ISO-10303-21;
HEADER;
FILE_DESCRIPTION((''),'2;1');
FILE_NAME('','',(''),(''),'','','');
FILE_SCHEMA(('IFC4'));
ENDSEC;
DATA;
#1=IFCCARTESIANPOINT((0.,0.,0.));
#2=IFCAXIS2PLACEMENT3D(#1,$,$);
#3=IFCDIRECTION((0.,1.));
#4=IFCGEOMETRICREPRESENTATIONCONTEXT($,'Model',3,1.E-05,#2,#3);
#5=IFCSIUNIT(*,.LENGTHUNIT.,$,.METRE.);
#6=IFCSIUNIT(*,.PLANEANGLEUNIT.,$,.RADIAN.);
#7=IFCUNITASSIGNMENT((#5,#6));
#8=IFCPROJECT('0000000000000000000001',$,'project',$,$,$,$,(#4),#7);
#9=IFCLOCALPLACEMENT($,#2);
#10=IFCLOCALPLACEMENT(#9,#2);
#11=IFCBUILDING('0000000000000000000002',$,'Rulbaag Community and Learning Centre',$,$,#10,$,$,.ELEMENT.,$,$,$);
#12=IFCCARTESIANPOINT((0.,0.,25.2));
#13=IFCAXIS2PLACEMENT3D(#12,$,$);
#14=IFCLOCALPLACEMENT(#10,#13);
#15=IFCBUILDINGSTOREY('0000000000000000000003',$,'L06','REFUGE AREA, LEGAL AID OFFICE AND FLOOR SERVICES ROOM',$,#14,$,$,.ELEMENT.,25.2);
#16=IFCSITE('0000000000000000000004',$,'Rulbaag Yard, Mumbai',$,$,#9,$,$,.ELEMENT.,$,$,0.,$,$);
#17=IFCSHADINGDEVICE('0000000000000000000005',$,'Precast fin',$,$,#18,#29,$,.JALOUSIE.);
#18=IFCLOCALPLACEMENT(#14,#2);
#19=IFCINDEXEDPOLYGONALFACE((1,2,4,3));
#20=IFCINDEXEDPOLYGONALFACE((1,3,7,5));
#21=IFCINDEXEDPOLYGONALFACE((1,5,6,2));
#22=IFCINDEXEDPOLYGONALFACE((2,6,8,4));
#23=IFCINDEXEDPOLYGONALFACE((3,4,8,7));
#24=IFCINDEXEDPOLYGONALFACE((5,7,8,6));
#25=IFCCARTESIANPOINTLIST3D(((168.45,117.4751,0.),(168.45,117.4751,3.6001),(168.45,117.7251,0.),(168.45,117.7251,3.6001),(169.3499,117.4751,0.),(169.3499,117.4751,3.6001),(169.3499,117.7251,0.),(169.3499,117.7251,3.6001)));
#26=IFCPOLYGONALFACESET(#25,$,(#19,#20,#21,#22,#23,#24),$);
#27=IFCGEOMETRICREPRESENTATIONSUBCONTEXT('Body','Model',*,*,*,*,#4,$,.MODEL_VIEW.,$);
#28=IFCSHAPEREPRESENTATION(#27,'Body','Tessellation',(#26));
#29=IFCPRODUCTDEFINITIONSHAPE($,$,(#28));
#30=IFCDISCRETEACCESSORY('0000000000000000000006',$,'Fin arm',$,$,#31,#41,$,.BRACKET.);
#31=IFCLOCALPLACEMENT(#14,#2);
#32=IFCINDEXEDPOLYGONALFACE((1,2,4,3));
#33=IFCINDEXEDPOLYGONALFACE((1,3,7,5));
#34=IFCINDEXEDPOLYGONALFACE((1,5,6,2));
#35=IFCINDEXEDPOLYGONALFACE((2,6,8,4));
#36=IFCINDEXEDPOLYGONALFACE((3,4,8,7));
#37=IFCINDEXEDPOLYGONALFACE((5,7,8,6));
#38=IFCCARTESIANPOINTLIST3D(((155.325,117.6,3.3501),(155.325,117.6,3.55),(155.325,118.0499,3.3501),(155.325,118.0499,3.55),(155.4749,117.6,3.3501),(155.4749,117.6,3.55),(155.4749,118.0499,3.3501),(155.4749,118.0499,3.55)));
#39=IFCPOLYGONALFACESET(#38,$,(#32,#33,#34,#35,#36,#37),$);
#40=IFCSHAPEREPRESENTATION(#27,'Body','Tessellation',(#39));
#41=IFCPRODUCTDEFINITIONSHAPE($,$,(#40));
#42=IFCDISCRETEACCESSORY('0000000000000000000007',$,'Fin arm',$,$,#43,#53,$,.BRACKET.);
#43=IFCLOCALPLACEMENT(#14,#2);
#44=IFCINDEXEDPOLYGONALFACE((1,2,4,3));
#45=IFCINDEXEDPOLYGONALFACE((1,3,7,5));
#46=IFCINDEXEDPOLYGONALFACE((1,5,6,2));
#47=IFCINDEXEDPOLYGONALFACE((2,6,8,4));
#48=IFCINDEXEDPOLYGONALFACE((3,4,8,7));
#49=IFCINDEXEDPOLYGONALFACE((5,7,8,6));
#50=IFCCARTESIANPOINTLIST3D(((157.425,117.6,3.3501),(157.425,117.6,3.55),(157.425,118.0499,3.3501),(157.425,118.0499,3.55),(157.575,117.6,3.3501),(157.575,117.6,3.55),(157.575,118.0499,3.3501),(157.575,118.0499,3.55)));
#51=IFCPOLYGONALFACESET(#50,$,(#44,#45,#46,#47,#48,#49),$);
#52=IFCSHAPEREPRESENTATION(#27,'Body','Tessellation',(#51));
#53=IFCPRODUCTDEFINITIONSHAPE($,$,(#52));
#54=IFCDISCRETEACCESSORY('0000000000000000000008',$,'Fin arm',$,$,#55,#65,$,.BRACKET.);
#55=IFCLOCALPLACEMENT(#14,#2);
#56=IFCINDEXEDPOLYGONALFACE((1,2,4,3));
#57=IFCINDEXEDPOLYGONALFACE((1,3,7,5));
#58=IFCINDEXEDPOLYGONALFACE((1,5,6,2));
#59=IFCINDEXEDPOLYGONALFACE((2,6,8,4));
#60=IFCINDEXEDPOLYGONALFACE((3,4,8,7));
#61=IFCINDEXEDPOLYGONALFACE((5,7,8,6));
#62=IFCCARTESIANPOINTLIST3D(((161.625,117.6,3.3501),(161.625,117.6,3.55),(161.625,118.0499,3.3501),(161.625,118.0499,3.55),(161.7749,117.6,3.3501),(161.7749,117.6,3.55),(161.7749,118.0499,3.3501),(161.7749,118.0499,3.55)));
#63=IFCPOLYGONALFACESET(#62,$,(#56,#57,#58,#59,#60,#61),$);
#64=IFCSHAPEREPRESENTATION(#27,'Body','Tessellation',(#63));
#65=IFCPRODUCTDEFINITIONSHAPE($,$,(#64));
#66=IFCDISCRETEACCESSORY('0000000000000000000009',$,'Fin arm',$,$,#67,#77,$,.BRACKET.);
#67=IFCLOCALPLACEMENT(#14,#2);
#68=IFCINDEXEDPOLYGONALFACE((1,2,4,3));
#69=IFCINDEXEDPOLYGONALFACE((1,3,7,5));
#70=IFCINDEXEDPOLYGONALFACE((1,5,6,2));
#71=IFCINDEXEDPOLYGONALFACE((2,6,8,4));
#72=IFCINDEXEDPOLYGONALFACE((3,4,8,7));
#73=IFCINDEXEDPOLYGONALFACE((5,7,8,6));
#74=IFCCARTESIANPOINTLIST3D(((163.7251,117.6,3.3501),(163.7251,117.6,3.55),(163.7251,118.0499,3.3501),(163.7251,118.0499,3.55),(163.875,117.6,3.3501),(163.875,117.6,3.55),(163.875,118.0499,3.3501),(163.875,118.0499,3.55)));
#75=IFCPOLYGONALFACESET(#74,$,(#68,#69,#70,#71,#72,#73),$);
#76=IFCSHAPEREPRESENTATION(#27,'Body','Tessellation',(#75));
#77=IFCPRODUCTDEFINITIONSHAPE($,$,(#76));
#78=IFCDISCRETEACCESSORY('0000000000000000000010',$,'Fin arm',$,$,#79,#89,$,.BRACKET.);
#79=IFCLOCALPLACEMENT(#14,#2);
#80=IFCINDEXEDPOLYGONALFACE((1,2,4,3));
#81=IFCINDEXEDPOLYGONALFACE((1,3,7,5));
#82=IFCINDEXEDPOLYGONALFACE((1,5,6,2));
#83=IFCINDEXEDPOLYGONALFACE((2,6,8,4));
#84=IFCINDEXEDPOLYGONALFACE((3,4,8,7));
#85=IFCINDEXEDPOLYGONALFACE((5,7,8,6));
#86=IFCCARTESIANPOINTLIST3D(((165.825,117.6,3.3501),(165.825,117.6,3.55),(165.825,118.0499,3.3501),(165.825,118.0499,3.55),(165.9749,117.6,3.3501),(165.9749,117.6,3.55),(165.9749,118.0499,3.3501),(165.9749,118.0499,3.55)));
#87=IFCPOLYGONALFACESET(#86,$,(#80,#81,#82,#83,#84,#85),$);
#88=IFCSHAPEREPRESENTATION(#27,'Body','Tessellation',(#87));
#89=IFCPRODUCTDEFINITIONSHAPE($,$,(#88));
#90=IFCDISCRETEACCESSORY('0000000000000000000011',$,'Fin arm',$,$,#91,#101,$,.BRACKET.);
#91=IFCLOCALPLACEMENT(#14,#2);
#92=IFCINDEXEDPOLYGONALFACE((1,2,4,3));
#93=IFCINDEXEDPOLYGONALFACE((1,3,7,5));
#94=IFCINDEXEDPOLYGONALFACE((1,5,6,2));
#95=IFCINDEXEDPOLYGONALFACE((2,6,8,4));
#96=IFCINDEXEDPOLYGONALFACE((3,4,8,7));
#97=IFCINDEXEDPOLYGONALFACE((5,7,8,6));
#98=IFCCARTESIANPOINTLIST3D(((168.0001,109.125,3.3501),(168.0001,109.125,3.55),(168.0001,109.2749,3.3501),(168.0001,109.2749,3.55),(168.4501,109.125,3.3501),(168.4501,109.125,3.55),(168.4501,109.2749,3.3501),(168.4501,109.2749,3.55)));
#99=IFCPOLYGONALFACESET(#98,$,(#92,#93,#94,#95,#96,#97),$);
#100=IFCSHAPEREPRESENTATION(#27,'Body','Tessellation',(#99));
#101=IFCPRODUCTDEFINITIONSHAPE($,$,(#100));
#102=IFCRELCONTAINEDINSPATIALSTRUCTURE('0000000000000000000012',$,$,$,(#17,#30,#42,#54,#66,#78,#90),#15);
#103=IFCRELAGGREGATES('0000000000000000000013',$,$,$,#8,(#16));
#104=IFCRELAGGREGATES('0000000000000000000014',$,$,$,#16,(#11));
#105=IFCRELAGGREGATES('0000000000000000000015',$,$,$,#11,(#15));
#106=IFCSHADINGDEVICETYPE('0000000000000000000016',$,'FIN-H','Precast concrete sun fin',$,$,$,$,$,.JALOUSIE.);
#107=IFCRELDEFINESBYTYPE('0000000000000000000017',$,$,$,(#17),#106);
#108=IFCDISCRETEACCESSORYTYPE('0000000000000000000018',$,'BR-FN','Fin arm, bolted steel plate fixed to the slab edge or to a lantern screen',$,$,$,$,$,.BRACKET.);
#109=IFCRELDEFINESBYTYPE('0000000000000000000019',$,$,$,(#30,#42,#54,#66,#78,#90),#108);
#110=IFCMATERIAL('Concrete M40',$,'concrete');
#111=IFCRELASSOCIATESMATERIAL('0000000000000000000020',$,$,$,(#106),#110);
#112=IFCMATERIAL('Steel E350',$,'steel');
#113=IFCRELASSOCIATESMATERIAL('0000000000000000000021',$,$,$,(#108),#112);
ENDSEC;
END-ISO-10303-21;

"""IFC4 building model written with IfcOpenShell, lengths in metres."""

from ifc_helpers import new_model, si_unit, direction, frame, origin, origin_2d, place, context, subcontext, project, spatial, rectangle, extrude, material, material_profile, profile_set, type_object, element, save


model = new_model("IFC4")

# Units and contexts
model_context = context("Model", 3, precision=1e-05, world=origin(), true_north=direction((0.0, 1.0)))
body_context = subcontext(model_context, "Body", "Model", "MODEL_VIEW")
ifc_project = project(units=[si_unit("LENGTHUNIT", "METRE"), si_unit("PLANEANGLEUNIT", "RADIAN")], contexts=[model_context])

# Site, building, storey
site_placement = place(None, origin())
site = spatial("IfcSite", under=ifc_project, at=site_placement, Name="Rulbaag Yard, Mumbai", CompositionType="ELEMENT", RefElevation=0.0)
building_placement = place(site_placement, origin())
building = spatial("IfcBuilding", under=site, at=building_placement, Name="Rulbaag Community and Learning Centre", CompositionType="ELEMENT")
storey_placement = place(building_placement, frame((0.0, 0.0, 25.2)))
storey = spatial("IfcBuildingStorey", under=building, at=storey_placement, Name="L06", Description="REFUGE AREA, LEGAL AID OFFICE AND FLOOR SERVICES ROOM", CompositionType="ELEMENT", Elevation=25.2)

# Shared definitions
ifc_material_1 = material(Name="Concrete M40", Category="concrete")

# Shading device
ifc_material_profile_1 = material_profile(ifc_material_1, rectangle(XDim=0.25, YDim=0.8999, at=origin_2d()), Name="PC 250x900")
ifc_profile_set_1 = profile_set([ifc_material_profile_1], Name="Concrete M40")
shading_device_type = type_object("IfcShadingDeviceType", Name="FIN-H", Description="Precast concrete sun fin", PredefinedType="JALOUSIE", material=ifc_profile_set_1)
for number, where, z_axis, x_axis, name in (
    (1, (168.8999, 117.6001, 0.0), (0.0, 0.0, 1.0), (0.0, 1.0, 0.0), "Precast fin"),
):
    element("IfcShadingDevice", number, at=place(storey_placement, frame(where, z_axis=z_axis, x_axis=x_axis)), inside=storey, type_object=shading_device_type, Name=name, PredefinedType="JALOUSIE", context=body_context, shape_type="SweptSolid", body=[
        extrude(rectangle(XDim=0.25, YDim=0.8999, at=origin_2d()), origin(), (0.0, 0.0, 1.0), 3.6001),
    ])

# Discrete accessories
ifc_material_2 = material(Name="Steel E350", Category="steel")
discrete_accessory_type = type_object("IfcDiscreteAccessoryType", Name="BR-FN", Description="Fin arm, bolted steel plate fixed to the slab edge or to a lantern screen", PredefinedType="BRACKET", material=ifc_material_2)
for number, where, z_axis, x_axis, name in (
    (2, (155.3999, 117.825, 3.3501), (0.0, 0.0, 1.0), (1.0, 0.0, 0.0), "Fin arm"),
    (3, (157.5, 117.825, 3.3501), (0.0, 0.0, 1.0), (1.0, 0.0, 0.0), "Fin arm"),
    (4, (161.7, 117.825, 3.3501), (0.0, 0.0, 1.0), (1.0, 0.0, 0.0), "Fin arm"),
    (5, (163.8, 117.825, 3.3501), (0.0, 0.0, 1.0), (1.0, 0.0, 0.0), "Fin arm"),
    (6, (165.8999, 117.825, 3.3501), (0.0, 0.0, 1.0), (1.0, 0.0, 0.0), "Fin arm"),
):
    element("IfcDiscreteAccessory", number, at=place(storey_placement, frame(where, z_axis=z_axis, x_axis=x_axis)), inside=storey, type_object=discrete_accessory_type, Name=name, PredefinedType="BRACKET", context=body_context, shape_type="SweptSolid", body=[
        extrude(rectangle(XDim=0.1499, YDim=0.45, at=origin_2d()), origin(), (0.0, 0.0, 1.0), 0.2),
    ])
discrete_accessory_placement = place(storey_placement, frame((168.2251, 109.2, 3.3501), z_axis=(0.0, 0.0, 1.0), x_axis=(1.0, 0.0, 0.0)))
element("IfcDiscreteAccessory", 7, at=discrete_accessory_placement, inside=storey, type_object=discrete_accessory_type, Name="Fin arm", PredefinedType="BRACKET", context=body_context, shape_type="SweptSolid", body=[
    extrude(rectangle(XDim=0.45, YDim=0.1499, at=origin_2d()), origin(), (0.0, 0.0, 1.0), 0.2),
])

save(model, "model.ifc")
